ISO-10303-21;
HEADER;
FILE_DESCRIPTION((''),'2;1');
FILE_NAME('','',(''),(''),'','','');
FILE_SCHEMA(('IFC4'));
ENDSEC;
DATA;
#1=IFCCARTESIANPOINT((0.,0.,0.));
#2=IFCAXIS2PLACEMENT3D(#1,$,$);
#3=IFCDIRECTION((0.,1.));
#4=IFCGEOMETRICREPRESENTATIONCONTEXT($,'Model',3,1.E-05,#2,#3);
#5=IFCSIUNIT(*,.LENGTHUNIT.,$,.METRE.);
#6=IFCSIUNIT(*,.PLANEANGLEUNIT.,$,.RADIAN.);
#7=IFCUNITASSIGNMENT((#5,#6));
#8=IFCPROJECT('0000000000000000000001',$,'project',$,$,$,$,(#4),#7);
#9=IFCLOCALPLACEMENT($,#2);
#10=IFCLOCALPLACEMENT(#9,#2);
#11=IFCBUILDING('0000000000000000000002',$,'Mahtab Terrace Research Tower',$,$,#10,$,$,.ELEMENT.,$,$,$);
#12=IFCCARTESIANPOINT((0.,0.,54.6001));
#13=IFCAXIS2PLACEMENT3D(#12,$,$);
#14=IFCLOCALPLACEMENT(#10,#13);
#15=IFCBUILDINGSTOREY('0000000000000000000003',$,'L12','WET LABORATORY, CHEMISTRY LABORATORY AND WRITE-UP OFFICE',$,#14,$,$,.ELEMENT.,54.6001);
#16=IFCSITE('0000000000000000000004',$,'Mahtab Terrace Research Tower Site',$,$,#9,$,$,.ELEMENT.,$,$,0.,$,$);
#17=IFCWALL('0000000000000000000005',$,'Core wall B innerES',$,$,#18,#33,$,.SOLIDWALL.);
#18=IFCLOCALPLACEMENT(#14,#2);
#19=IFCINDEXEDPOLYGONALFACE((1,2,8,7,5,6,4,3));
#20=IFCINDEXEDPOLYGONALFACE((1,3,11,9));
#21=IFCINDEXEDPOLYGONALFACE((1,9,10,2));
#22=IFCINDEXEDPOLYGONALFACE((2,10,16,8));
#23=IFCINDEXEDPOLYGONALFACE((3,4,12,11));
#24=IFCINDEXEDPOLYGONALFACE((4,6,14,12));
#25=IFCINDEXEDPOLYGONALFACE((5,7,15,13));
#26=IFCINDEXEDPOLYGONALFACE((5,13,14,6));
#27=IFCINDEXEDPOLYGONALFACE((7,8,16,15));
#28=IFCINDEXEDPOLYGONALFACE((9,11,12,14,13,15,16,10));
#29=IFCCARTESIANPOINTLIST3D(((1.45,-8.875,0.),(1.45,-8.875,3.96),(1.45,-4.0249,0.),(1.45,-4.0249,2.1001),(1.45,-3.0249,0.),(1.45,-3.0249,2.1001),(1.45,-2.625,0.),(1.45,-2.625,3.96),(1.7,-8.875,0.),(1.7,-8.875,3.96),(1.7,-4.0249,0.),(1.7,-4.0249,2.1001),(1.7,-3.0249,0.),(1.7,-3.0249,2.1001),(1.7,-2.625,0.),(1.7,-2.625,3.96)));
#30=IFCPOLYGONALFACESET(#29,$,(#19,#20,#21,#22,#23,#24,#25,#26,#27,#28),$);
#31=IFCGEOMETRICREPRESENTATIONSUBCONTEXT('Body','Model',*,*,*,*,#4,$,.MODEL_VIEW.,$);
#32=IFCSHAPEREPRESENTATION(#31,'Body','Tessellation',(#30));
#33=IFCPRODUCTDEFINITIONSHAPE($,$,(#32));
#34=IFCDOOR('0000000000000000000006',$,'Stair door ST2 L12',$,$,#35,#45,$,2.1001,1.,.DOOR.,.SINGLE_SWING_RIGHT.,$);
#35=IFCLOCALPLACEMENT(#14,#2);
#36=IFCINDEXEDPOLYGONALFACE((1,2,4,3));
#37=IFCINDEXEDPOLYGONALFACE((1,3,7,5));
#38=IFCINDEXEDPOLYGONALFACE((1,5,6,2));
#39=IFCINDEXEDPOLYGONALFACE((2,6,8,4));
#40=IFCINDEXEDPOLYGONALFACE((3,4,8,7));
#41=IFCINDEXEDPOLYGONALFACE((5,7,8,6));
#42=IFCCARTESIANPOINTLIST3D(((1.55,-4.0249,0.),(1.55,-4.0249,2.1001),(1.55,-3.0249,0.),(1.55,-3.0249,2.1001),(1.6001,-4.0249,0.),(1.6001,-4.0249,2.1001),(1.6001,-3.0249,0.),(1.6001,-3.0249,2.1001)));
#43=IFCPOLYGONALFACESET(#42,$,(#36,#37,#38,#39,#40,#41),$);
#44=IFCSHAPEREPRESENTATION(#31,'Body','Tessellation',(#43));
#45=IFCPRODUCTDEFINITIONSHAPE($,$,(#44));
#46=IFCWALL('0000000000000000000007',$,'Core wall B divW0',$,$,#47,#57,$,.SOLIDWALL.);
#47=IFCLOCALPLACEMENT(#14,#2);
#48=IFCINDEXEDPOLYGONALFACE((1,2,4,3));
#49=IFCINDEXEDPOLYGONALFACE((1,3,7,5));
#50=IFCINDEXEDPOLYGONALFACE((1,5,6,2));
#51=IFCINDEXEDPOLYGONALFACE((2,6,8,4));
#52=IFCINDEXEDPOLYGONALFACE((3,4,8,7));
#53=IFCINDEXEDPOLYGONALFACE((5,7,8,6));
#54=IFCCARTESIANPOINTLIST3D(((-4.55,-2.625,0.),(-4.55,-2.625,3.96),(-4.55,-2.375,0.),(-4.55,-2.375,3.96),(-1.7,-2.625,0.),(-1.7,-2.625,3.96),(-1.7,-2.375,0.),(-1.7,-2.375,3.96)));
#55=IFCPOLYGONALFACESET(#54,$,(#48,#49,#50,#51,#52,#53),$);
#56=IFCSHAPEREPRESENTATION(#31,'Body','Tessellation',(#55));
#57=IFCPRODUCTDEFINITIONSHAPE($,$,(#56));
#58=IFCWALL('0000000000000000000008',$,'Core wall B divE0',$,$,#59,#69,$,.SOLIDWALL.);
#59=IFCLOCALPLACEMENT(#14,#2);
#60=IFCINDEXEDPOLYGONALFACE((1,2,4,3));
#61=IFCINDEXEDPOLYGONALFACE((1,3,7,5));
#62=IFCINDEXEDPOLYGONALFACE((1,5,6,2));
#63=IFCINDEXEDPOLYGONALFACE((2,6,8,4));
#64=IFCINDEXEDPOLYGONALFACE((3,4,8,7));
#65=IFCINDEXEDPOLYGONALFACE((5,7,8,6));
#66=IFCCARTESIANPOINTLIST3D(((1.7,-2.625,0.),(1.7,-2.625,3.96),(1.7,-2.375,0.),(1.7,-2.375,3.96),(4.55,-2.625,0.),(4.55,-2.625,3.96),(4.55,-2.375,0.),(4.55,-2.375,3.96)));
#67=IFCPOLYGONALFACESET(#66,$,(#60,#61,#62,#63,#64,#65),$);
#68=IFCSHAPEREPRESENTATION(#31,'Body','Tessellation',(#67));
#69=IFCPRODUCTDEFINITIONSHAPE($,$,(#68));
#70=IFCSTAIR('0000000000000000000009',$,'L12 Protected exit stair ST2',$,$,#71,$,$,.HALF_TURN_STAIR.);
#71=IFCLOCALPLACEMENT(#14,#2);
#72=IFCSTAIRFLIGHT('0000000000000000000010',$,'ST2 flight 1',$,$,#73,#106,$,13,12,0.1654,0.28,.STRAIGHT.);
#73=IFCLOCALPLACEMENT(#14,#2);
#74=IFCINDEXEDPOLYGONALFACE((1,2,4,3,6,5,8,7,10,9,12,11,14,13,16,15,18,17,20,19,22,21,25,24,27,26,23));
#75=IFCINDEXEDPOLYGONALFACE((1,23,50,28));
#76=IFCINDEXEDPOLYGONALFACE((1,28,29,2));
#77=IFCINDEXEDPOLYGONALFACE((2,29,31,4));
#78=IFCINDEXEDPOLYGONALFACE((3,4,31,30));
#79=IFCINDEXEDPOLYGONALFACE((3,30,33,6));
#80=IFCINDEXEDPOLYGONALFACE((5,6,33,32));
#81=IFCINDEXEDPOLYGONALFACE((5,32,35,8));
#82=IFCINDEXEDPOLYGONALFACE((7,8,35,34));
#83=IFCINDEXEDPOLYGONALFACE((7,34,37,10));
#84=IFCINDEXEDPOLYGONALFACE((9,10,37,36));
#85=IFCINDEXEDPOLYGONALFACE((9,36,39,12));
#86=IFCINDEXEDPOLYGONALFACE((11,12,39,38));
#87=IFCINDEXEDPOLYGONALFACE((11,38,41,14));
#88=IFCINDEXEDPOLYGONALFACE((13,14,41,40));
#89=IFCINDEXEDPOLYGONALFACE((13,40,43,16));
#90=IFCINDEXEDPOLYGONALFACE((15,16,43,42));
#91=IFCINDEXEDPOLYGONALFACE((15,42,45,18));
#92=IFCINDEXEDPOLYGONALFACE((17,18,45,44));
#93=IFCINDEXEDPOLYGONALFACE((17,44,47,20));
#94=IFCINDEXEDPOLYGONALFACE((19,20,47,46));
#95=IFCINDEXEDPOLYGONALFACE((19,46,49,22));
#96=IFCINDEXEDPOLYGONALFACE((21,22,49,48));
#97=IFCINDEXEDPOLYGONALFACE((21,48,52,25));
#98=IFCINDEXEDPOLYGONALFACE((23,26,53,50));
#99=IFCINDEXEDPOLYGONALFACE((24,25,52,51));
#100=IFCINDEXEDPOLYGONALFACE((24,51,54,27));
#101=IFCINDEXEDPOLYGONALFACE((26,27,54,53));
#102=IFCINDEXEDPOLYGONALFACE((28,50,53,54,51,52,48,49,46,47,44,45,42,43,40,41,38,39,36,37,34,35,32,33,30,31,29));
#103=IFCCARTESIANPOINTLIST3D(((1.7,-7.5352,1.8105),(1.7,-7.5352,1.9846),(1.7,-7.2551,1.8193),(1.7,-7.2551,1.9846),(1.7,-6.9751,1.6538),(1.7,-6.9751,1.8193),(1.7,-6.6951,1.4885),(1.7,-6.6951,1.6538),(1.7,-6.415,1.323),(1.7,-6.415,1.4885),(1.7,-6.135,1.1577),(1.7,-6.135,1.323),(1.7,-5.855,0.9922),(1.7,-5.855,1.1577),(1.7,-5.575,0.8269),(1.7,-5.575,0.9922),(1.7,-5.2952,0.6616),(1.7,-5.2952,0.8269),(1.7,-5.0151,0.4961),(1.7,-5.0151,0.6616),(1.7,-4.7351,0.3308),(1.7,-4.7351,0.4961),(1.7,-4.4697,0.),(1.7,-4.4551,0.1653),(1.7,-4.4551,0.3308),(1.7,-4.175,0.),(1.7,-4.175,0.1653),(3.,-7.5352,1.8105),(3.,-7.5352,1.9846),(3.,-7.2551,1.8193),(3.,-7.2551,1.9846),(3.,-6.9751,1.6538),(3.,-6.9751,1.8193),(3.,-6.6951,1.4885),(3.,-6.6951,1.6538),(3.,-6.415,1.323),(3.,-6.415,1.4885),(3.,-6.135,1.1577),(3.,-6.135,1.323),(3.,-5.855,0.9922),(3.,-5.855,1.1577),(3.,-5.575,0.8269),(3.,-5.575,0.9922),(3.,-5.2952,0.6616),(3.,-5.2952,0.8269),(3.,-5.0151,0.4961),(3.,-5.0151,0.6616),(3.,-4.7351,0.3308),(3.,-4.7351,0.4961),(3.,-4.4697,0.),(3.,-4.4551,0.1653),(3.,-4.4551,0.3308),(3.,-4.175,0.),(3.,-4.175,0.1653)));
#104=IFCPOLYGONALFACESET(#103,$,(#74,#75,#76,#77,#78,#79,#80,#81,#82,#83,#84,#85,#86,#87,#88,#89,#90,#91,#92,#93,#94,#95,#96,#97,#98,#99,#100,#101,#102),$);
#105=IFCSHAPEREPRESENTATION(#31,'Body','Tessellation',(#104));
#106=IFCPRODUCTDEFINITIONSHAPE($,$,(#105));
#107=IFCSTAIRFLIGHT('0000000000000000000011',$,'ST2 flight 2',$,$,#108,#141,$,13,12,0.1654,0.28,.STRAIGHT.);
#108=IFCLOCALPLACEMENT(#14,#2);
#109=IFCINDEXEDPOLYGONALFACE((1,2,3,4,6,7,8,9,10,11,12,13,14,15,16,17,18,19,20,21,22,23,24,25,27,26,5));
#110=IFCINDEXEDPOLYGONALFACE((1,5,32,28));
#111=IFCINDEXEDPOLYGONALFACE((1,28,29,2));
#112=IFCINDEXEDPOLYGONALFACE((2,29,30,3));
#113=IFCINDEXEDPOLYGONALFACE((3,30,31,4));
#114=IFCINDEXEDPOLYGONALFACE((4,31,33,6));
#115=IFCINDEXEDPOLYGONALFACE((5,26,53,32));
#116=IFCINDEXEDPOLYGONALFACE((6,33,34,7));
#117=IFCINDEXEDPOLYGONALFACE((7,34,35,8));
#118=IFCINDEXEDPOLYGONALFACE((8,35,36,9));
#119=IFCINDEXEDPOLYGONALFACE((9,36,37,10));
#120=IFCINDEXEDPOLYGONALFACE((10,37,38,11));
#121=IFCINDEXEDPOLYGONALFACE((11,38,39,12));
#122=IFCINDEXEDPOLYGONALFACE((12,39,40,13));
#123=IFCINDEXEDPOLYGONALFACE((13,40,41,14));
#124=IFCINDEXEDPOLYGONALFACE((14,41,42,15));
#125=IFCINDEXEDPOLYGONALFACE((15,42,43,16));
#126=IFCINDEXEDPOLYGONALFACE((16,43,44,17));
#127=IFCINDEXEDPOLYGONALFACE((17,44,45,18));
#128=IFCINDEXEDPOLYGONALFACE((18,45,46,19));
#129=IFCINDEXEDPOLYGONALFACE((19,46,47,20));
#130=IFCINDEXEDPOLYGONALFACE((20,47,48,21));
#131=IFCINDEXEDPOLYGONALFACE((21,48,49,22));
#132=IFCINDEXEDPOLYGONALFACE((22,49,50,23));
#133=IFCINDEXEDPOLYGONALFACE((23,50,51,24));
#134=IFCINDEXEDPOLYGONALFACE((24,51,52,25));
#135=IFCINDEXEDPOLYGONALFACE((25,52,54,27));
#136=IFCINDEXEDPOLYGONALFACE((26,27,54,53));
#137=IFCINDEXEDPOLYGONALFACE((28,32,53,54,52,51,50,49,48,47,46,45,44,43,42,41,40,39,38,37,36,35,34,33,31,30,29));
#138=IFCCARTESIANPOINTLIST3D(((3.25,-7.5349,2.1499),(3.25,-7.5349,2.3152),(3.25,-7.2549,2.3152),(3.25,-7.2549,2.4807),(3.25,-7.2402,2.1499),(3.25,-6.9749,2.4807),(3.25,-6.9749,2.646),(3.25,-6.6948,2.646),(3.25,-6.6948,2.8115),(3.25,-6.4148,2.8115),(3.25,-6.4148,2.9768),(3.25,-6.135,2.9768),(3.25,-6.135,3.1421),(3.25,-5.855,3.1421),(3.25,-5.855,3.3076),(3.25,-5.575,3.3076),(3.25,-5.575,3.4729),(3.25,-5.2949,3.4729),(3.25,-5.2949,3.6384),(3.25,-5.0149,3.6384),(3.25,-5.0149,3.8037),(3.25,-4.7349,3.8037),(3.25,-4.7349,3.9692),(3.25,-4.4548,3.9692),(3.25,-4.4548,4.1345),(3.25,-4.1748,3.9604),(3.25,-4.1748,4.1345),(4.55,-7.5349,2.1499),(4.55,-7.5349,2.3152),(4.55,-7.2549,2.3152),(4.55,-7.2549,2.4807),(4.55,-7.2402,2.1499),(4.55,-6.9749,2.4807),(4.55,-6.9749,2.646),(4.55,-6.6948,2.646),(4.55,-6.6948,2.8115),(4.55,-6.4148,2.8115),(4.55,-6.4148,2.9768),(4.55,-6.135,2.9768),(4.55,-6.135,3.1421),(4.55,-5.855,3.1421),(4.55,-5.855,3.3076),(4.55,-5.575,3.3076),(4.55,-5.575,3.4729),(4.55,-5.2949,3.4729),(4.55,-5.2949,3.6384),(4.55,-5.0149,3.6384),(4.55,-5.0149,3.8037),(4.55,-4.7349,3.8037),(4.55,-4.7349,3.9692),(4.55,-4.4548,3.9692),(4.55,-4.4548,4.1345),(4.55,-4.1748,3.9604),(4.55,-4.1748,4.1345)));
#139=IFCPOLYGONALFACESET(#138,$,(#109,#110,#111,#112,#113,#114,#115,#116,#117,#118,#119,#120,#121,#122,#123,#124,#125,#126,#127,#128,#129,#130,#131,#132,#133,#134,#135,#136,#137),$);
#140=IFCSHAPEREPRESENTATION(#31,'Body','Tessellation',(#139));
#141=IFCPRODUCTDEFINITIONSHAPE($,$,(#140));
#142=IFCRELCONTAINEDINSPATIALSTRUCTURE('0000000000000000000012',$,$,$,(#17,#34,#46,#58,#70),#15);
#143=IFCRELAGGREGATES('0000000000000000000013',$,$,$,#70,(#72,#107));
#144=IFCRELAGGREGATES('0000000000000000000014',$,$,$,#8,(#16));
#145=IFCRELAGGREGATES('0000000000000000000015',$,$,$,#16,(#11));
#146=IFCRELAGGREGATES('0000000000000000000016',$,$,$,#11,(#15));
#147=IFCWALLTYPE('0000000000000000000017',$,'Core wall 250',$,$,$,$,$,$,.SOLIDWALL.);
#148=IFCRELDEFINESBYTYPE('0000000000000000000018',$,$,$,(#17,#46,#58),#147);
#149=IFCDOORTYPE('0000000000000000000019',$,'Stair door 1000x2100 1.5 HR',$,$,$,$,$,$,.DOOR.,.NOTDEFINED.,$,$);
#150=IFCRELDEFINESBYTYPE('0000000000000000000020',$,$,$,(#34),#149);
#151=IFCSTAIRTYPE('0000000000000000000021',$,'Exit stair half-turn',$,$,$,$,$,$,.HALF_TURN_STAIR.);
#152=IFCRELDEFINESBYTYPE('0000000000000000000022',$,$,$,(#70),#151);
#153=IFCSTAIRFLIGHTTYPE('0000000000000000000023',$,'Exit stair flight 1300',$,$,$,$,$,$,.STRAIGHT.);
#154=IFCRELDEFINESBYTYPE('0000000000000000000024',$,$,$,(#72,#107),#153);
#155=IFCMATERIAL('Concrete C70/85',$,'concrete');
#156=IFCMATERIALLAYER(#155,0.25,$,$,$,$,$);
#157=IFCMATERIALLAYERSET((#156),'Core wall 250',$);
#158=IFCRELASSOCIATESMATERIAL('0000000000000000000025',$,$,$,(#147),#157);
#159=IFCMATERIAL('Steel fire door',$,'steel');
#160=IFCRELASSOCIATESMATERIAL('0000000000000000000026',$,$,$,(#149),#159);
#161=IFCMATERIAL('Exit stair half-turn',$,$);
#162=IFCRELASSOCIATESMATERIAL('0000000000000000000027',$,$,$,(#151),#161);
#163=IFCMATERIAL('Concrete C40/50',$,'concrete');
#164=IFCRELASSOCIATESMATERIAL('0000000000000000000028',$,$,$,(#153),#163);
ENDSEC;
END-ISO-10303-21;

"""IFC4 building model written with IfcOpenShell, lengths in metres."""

from ifc_helpers import new_model, si_unit, direction, frame, frame_2d, origin, place, context, subcontext, project, spatial, polyline, rectangle, outline, extrude, material, layer, layer_set, type_object, element, fill, aggregate, save


model = new_model("IFC4")

# Units and contexts
model_context = context("Model", 3, precision=1e-05, world=origin(), true_north=direction((0.0, 1.0)))
body_context = subcontext(model_context, "Body", "Model", "MODEL_VIEW")
ifc_project = project(units=[si_unit("LENGTHUNIT", "METRE"), si_unit("PLANEANGLEUNIT", "RADIAN")], contexts=[model_context])

# Site, building, storey
site_placement = place(None, origin())
site = spatial("IfcSite", under=ifc_project, at=site_placement, Name="Mahtab Terrace Research Tower Site", CompositionType="ELEMENT", RefElevation=0.0)
building_placement = place(site_placement, origin())
building = spatial("IfcBuilding", under=site, at=building_placement, Name="Mahtab Terrace Research Tower", CompositionType="ELEMENT")
storey_placement = place(building_placement, frame((0.0, 0.0, 54.6001)))
storey = spatial("IfcBuildingStorey", under=building, at=storey_placement, Name="L12", Description="WET LABORATORY, CHEMISTRY LABORATORY AND WRITE-UP OFFICE", CompositionType="ELEMENT", Elevation=54.6001)

# Shared definitions
ifc_material_1 = material(Name="Concrete C70/85", Category="concrete")
ifc_layer = layer(ifc_material_1, 0.25)
ifc_layer_set = layer_set([ifc_layer], Name="Core wall 250")
wall_type = type_object("IfcWallType", Name="Core wall 250", PredefinedType="SOLIDWALL", material=ifc_layer_set)

# Shared definitions
ifc_material_2 = material(Name="Steel fire door", Category="steel")

# Wall, opening, door
wall_1_placement = place(storey_placement, frame((1.575, -8.875, 0.0), z_axis=(0.0, 0.0, 1.0), x_axis=(0.0, 1.0, 0.0)))
wall_1 = element("IfcWall", 1, at=wall_1_placement, inside=storey, type_object=wall_type, Name="Core wall B innerES", PredefinedType="SOLIDWALL", context=body_context, shape_type="SweptSolid", body=[
    extrude(rectangle(XDim=6.25, YDim=0.25, at=frame_2d((3.125, 0.0))), origin(), (0.0, 0.0, 1.0), 3.96),
])
opening_1_placement = place(wall_1_placement, frame((4.8501, 0.0, 0.0)))
opening_1 = element("IfcOpeningElement", 2, at=opening_1_placement, cuts=wall_1, PredefinedType="OPENING", context=body_context, shape_type="SweptSolid", body=[
    extrude(rectangle(XDim=1.0, YDim=2.1001, at=frame_2d((0.5, 1.05))), frame((0.0, 0.135, 0.0), z_axis=(0.0, -1.0, 0.0), x_axis=(1.0, 0.0, 0.0)), (0.0, 0.0, 1.0), 0.27),
])
door_type_1 = type_object("IfcDoorType", Name="Stair door 1000x2100 1.5 HR", OperationType="NOTDEFINED", PredefinedType="DOOR", material=ifc_material_2)
door_1_placement = place(opening_1_placement, origin())
door_1 = element("IfcDoor", 3, at=door_1_placement, inside=storey, type_object=door_type_1, Name="Stair door ST2 L12", OperationType="SINGLE_SWING_RIGHT", OverallHeight=2.1001, OverallWidth=1.0, PredefinedType="DOOR", context=body_context, shape_type="SweptSolid", body=[
    extrude(rectangle(XDim=1.0, YDim=2.1001, at=frame_2d((0.5, 1.05))), frame((0.0, 0.0249, 0.0), z_axis=(0.0, -1.0, 0.0), x_axis=(1.0, 0.0, 0.0)), (0.0, 0.0, 1.0), 0.05),
])
fill(opening_1, door_1)

# Walls
for number, where, z_axis, x_axis, name in (
    (4, (-4.55, -2.5, 0.0), (0.0, 0.0, 1.0), (1.0, 0.0, 0.0), "Core wall B divW0"),
    (5, (1.7, -2.5, 0.0), (0.0, 0.0, 1.0), (1.0, 0.0, 0.0), "Core wall B divE0"),
):
    element("IfcWall", number, at=place(storey_placement, frame(where, z_axis=z_axis, x_axis=x_axis)), inside=storey, type_object=wall_type, Name=name, PredefinedType="SOLIDWALL", context=body_context, shape_type="SweptSolid", body=[
        extrude(rectangle(XDim=2.8501, YDim=0.25, at=frame_2d((1.425, 0.0))), origin(), (0.0, 0.0, 1.0), 3.96),
    ])

# Stair, stair flights
ifc_material_3 = material(Name="Exit stair half-turn")
stair_type = type_object("IfcStairType", Name="Exit stair half-turn", PredefinedType="HALF_TURN_STAIR", material=ifc_material_3)
stair_placement = place(storey_placement, origin())
stair = element("IfcStair", 6, at=stair_placement, inside=storey, type_object=stair_type, Name="L12 Protected exit stair ST2", PredefinedType="HALF_TURN_STAIR")
ifc_material_4 = material(Name="Concrete C40/50", Category="concrete")
stair_flight_type = type_object("IfcStairFlightType", Name="Exit stair flight 1300", PredefinedType="STRAIGHT", material=ifc_material_4)
stair_flight_1_placement = place(storey_placement, frame((2.3501, -4.175, 0.0), z_axis=(0.0, 0.0, 1.0), x_axis=(0.0, -1.0, 0.0)))
stair_flight_1 = element("IfcStairFlight", 7, at=stair_flight_1_placement, type_object=stair_flight_type, Name="ST2 flight 1", NumberOfRisers=13, NumberOfTreads=12, PredefinedType="STRAIGHT", RiserHeight=0.1654, TreadLength=0.28, context=body_context, shape_type="SweptSolid", body=[
    extrude(outline(polyline([(0.0, 0.0), (0.0, 0.1653), (0.28, 0.1653), (0.28, 0.3308), (0.5601, 0.3308), (0.5601, 0.4961), (0.8401, 0.4961), (0.8401, 0.6616), (1.1201, 0.6616), (1.1201, 0.8269), (1.3999, 0.8269), (1.3999, 0.9922), (1.6799, 0.9922), (1.6799, 1.1577), (1.96, 1.1577), (1.96, 1.323), (2.24, 1.323), (2.24, 1.4885), (2.52, 1.4885), (2.52, 1.6538), (2.8, 1.6538), (2.8, 1.8193), (3.0801, 1.8193), (3.0801, 1.9846), (3.3601, 1.9846), (3.3601, 2.1499), (3.3601, 1.8105), (0.2947, 0.0), (0.0, 0.0)])), frame((0.0, 0.6499, 0.0), z_axis=(0.0, -1.0, 0.0), x_axis=(1.0, 0.0, 0.0)), (0.0, 0.0, 1.0), 1.3),
])
stair_flight_2_placement = place(storey_placement, frame((3.8999, -7.5349, 2.1499), z_axis=(0.0, 0.0, 1.0), x_axis=(0.0, 1.0, 0.0)))
stair_flight_2 = element("IfcStairFlight", 8, at=stair_flight_2_placement, type_object=stair_flight_type, Name="ST2 flight 2", NumberOfRisers=13, NumberOfTreads=12, PredefinedType="STRAIGHT", RiserHeight=0.1654, TreadLength=0.28, context=body_context, shape_type="SweptSolid", body=[
    extrude(outline(polyline([(0.0, 0.0), (0.0, 0.1653), (0.28, 0.1653), (0.28, 0.3308), (0.5601, 0.3308), (0.5601, 0.4961), (0.8401, 0.4961), (0.8401, 0.6616), (1.1201, 0.6616), (1.1201, 0.8269), (1.3999, 0.8269), (1.3999, 0.9922), (1.6799, 0.9922), (1.6799, 1.1577), (1.96, 1.1577), (1.96, 1.323), (2.24, 1.323), (2.24, 1.4885), (2.52, 1.4885), (2.52, 1.6538), (2.8, 1.6538), (2.8, 1.8193), (3.0801, 1.8193), (3.0801, 1.9846), (3.3601, 1.9846), (3.3601, 2.1499), (3.3601, 1.8105), (0.2947, 0.0), (0.0, 0.0)])), frame((0.0, 0.6499, 0.0), z_axis=(0.0, -1.0, 0.0), x_axis=(1.0, 0.0, 0.0)), (0.0, 0.0, 1.0), 1.3),
])
aggregate(stair, [stair_flight_1, stair_flight_2])

save(model, "model.ifc")
